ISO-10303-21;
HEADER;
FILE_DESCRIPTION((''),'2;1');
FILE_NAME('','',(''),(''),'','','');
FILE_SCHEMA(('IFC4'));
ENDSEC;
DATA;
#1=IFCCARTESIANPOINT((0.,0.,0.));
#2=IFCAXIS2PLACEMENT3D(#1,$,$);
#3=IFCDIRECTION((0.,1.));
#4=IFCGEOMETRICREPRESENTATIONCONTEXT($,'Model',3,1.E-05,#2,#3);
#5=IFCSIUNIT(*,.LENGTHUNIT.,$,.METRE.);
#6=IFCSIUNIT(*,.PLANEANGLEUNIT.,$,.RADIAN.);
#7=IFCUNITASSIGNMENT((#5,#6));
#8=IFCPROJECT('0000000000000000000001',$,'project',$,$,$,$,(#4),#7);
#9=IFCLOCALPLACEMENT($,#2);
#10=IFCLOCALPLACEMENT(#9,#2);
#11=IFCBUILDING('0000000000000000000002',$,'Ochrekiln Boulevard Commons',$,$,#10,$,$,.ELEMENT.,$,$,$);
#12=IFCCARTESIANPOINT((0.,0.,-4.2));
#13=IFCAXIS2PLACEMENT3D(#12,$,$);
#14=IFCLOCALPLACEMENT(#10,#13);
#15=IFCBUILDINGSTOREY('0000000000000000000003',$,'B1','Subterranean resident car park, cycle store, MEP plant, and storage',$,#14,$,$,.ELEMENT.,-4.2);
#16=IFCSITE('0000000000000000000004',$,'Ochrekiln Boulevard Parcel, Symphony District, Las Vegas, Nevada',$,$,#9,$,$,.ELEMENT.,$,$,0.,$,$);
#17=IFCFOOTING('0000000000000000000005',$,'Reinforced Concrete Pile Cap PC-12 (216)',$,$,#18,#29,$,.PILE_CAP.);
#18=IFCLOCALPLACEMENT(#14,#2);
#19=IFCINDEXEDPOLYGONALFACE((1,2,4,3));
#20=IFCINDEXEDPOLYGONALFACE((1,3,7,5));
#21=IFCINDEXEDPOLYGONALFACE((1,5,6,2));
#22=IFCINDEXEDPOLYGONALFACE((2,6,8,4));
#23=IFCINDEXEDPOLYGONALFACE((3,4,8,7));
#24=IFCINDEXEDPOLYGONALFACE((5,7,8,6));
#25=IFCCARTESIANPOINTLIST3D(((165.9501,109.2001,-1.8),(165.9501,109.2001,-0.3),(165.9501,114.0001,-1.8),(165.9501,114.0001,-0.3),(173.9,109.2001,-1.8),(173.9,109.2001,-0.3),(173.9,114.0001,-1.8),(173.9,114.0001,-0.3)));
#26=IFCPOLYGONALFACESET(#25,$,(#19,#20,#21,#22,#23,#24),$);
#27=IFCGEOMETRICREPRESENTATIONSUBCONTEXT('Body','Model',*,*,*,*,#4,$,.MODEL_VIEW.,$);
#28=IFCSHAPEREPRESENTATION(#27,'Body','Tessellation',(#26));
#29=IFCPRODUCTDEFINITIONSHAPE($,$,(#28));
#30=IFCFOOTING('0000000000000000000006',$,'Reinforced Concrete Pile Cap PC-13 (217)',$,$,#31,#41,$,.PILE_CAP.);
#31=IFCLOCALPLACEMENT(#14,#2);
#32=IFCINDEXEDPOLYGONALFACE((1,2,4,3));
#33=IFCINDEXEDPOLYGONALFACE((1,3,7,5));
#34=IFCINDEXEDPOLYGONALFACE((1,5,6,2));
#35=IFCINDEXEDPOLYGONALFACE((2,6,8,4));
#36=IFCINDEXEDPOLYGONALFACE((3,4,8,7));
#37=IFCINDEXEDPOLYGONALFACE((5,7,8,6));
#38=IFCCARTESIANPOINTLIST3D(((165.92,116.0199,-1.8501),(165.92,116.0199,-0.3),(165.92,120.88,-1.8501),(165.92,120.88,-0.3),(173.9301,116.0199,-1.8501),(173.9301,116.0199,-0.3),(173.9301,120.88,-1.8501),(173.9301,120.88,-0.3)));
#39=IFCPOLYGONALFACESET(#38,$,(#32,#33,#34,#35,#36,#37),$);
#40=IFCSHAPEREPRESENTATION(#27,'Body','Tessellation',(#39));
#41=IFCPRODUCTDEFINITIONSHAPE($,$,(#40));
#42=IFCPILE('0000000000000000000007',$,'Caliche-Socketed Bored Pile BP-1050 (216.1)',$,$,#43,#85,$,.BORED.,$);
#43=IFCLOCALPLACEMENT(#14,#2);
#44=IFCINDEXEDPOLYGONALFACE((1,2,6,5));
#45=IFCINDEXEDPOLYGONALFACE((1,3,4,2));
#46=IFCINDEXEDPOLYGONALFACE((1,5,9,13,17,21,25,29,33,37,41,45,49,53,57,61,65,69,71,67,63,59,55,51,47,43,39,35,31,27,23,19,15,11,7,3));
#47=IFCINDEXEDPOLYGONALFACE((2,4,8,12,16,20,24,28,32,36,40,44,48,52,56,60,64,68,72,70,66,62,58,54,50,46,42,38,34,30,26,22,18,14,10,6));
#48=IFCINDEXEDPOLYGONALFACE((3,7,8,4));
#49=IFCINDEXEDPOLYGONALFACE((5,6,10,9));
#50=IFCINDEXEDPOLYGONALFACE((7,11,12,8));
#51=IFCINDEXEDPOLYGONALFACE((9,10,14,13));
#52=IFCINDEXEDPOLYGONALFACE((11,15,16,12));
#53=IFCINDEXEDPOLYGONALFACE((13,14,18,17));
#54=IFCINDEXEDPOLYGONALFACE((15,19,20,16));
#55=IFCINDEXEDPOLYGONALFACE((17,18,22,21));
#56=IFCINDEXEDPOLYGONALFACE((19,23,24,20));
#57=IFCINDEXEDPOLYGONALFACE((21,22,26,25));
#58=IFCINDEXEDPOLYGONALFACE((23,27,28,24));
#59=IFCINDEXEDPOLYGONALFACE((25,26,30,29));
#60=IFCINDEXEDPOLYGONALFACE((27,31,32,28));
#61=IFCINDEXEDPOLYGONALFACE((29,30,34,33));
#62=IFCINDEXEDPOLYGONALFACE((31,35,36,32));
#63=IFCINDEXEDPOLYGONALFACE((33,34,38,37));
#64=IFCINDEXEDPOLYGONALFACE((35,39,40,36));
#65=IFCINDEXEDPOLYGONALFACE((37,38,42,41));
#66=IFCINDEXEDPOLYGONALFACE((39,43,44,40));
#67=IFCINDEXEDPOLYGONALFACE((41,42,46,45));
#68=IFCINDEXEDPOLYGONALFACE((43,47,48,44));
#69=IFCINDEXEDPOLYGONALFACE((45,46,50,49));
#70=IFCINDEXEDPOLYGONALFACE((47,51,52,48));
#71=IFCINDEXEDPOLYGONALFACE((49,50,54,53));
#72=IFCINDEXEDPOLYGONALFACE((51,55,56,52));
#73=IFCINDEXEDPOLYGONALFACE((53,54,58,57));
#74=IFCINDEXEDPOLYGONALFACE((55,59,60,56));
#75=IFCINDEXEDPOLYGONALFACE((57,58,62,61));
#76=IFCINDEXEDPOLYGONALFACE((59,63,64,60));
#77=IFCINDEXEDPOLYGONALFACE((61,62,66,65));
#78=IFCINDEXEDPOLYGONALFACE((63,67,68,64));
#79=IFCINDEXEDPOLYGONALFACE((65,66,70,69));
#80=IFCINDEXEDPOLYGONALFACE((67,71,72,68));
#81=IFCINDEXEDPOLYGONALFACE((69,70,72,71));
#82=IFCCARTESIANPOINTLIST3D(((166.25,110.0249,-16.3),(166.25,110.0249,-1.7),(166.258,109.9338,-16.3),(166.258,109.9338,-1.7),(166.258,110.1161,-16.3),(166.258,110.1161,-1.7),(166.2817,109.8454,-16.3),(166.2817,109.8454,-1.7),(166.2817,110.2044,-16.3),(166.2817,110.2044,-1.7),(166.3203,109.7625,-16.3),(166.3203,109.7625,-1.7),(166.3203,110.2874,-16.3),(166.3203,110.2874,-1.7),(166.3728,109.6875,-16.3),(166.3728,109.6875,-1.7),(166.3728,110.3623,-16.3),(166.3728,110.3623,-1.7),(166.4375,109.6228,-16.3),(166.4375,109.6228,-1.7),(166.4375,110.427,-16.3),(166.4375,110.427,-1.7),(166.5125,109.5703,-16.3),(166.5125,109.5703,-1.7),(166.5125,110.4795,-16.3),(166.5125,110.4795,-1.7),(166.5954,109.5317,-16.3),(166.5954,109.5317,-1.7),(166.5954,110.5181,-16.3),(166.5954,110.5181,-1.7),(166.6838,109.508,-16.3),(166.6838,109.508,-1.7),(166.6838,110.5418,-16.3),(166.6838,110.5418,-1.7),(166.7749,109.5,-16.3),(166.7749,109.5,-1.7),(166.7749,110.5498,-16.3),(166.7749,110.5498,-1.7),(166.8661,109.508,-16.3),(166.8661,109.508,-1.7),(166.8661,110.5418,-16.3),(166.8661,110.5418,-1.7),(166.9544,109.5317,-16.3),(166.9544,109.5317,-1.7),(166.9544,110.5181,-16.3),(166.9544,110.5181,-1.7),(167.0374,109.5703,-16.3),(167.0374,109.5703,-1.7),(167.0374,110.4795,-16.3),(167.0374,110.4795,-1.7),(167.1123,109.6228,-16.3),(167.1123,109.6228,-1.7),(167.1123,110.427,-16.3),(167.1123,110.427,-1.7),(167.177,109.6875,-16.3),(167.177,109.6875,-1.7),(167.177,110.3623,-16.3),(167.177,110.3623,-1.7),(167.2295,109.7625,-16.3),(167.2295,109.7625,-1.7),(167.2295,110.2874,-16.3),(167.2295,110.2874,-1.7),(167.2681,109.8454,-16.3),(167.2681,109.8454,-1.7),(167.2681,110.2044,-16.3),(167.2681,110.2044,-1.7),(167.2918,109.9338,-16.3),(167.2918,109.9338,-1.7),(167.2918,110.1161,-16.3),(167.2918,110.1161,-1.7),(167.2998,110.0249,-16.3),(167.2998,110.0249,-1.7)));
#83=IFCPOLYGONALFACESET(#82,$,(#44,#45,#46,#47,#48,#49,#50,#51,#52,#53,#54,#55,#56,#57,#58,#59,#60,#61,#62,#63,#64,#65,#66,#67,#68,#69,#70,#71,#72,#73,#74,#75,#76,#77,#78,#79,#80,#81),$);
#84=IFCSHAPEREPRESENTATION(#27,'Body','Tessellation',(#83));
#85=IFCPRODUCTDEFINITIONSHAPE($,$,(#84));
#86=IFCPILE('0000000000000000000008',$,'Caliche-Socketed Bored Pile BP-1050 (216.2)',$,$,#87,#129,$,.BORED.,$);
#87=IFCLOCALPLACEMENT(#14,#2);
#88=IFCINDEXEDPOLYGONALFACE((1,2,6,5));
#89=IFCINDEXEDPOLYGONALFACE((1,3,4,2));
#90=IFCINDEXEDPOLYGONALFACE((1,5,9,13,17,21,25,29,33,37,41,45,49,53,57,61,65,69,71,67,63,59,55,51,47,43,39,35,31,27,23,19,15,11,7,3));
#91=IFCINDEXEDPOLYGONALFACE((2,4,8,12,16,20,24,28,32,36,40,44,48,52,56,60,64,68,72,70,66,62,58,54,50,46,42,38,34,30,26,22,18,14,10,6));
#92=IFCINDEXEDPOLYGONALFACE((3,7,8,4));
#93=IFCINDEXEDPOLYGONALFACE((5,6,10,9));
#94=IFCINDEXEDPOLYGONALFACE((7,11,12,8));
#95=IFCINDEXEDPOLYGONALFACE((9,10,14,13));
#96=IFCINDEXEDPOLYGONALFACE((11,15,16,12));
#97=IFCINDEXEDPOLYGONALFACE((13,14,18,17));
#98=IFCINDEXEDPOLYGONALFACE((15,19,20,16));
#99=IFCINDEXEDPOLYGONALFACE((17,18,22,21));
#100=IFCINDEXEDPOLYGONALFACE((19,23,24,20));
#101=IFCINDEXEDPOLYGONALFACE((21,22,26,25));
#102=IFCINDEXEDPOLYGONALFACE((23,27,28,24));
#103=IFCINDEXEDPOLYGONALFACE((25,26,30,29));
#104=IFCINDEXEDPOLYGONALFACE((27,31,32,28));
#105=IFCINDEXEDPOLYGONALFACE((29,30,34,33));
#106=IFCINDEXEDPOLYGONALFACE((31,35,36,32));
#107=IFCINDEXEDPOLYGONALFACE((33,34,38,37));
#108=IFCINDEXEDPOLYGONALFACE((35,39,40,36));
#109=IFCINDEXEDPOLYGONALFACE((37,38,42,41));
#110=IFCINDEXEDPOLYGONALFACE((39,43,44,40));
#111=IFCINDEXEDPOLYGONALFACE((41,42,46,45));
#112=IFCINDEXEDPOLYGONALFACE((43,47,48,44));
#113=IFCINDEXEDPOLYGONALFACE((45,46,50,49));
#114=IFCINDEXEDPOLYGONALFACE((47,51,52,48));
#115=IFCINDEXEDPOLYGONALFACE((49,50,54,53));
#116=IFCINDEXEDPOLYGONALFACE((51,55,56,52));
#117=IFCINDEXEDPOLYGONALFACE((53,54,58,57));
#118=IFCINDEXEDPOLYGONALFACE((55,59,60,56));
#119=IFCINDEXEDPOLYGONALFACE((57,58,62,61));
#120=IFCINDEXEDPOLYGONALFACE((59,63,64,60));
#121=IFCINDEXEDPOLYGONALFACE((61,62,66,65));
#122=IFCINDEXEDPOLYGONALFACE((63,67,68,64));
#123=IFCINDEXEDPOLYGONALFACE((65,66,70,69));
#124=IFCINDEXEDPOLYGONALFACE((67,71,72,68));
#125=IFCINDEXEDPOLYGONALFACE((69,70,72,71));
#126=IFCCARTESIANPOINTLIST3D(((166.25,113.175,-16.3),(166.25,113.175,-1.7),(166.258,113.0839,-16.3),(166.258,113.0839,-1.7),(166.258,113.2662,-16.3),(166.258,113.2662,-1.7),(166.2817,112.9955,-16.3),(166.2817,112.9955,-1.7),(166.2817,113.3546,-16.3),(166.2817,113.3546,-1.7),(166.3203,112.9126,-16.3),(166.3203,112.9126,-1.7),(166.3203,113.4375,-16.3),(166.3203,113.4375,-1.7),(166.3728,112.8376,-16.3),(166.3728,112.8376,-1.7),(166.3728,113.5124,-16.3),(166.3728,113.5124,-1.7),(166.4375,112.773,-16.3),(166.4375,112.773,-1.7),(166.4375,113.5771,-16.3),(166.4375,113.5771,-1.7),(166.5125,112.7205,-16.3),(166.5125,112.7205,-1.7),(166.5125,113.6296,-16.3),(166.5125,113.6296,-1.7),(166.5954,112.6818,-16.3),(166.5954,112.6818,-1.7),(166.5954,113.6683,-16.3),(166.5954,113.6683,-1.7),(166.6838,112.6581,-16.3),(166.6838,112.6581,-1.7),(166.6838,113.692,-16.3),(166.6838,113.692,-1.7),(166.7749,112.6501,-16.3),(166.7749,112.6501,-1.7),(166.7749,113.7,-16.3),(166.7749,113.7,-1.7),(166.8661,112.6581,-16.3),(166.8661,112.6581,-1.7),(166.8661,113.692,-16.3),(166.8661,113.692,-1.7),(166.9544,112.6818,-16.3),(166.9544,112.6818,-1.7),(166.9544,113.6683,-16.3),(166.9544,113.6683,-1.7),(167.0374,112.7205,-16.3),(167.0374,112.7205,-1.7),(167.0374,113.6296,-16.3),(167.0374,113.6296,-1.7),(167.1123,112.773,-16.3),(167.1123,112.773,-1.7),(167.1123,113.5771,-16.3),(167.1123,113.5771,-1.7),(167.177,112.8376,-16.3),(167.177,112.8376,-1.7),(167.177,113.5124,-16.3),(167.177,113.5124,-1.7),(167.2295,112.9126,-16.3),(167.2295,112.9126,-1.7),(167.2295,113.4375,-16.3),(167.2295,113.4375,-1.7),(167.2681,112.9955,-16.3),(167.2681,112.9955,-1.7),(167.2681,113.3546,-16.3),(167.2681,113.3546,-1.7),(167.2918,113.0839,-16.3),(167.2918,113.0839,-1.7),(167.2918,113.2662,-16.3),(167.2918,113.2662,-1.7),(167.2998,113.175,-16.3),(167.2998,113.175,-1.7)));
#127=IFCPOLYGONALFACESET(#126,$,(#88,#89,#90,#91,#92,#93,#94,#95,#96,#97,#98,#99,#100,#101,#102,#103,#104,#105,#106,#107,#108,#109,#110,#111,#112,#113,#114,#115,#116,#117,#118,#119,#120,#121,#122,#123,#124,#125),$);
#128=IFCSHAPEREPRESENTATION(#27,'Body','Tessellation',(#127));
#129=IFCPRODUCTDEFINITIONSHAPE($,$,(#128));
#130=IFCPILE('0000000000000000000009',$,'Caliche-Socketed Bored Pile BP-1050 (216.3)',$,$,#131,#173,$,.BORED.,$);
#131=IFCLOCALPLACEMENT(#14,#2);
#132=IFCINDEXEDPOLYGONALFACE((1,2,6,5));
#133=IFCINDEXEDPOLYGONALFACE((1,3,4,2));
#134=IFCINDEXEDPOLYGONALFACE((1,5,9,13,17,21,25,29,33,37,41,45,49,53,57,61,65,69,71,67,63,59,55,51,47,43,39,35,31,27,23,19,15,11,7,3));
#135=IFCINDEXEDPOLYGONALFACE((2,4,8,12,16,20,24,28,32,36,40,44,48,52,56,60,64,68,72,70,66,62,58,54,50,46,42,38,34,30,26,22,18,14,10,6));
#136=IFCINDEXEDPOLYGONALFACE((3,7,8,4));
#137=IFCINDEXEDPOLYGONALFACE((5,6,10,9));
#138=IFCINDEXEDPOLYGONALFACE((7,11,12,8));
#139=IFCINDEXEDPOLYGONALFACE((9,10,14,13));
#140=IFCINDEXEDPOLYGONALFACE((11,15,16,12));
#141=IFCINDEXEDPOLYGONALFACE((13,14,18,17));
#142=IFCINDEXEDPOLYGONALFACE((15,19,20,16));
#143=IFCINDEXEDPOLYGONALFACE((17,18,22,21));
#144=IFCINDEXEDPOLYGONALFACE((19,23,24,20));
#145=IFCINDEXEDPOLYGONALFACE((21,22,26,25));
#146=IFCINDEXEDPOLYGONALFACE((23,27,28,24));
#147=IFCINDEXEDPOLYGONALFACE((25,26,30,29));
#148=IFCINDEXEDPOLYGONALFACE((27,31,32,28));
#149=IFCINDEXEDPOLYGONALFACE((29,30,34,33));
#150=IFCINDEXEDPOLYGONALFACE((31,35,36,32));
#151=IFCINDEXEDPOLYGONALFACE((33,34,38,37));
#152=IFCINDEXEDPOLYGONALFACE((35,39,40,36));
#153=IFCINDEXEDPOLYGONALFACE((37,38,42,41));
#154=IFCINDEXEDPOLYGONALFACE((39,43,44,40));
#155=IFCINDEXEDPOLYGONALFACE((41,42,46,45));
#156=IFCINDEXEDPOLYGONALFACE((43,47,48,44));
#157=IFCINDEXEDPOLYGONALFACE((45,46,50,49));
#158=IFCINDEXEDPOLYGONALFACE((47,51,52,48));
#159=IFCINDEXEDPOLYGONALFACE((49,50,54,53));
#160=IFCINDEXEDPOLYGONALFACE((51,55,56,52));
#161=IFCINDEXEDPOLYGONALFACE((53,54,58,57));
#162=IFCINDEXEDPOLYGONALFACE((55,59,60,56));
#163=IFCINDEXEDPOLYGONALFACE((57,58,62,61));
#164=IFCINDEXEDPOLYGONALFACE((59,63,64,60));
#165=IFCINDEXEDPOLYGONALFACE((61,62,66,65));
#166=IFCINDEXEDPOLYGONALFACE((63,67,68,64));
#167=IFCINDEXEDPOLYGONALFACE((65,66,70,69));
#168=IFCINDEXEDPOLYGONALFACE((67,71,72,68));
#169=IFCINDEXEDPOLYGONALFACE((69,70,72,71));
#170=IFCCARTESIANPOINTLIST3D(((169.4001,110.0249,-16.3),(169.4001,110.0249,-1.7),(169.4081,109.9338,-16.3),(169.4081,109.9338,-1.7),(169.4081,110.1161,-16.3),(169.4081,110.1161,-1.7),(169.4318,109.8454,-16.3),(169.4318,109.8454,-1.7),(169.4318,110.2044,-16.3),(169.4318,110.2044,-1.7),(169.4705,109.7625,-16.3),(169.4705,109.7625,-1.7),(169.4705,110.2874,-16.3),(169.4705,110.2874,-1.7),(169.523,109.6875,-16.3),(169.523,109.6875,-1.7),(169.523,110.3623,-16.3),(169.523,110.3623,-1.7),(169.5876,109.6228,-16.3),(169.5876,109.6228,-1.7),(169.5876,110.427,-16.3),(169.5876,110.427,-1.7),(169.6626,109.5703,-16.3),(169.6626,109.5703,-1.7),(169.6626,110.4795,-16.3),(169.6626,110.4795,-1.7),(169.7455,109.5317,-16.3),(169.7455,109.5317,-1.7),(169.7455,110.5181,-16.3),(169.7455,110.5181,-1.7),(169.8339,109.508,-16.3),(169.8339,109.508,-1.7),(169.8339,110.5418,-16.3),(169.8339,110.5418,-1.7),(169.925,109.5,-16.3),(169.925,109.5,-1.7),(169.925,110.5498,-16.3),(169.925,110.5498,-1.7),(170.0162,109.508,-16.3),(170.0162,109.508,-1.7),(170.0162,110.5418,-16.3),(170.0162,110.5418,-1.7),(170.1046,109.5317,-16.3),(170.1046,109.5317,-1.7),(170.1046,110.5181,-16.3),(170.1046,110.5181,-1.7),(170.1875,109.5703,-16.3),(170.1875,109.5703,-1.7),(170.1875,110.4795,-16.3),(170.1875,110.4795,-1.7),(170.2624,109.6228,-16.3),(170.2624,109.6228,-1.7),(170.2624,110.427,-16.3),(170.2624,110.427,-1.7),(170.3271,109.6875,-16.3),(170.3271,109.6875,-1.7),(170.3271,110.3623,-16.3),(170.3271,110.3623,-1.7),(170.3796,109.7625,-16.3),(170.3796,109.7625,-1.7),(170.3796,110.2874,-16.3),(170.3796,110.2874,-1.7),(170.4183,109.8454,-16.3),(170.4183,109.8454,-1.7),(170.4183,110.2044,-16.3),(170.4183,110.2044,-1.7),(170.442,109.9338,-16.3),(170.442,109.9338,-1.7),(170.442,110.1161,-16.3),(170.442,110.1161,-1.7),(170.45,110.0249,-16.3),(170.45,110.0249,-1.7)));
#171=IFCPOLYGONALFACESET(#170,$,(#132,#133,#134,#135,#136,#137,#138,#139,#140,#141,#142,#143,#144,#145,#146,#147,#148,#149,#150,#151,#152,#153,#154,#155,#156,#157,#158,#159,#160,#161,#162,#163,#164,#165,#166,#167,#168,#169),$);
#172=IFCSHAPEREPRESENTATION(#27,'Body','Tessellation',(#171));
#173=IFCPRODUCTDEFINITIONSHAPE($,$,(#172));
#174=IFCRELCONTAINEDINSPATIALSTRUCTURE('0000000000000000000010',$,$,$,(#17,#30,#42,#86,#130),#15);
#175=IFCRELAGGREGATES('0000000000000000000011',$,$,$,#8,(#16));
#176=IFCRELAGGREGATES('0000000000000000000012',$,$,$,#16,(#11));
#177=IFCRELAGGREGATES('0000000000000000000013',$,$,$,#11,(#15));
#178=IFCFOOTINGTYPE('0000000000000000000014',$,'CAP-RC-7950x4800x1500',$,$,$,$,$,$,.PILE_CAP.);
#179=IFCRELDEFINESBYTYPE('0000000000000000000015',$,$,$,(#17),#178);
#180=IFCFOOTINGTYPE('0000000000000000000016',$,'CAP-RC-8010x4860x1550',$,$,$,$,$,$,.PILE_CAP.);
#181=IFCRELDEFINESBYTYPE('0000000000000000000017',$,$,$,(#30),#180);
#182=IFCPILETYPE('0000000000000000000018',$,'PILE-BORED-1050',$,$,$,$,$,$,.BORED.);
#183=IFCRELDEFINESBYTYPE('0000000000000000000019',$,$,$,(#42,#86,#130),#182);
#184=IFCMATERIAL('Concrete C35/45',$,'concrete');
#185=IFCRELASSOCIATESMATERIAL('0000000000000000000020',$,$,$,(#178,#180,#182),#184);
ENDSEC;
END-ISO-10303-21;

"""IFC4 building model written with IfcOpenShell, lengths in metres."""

from ifc_helpers import new_model, si_unit, direction, frame, origin, origin_2d, place, context, subcontext, project, spatial, rectangle, circle, extrude, material, material_profile, profile_set, type_object, element, save


model = new_model("IFC4")

# Units and contexts
model_context = context("Model", 3, precision=1e-05, world=origin(), true_north=direction((0.0, 1.0)))
body_context = subcontext(model_context, "Body", "Model", "MODEL_VIEW")
ifc_project = project(units=[si_unit("LENGTHUNIT", "METRE"), si_unit("PLANEANGLEUNIT", "RADIAN")], contexts=[model_context])

# Site, building, storey
site_placement = place(None, origin())
site = spatial("IfcSite", under=ifc_project, at=site_placement, Name="Ochrekiln Boulevard Parcel, Symphony District, Las Vegas, Nevada", CompositionType="ELEMENT", RefElevation=0.0)
building_placement = place(site_placement, origin())
building = spatial("IfcBuilding", under=site, at=building_placement, Name="Ochrekiln Boulevard Commons", CompositionType="ELEMENT")
storey_placement = place(building_placement, frame((0.0, 0.0, -4.2)))
storey = spatial("IfcBuildingStorey", under=building, at=storey_placement, Name="B1", Description="Subterranean resident car park, cycle store, MEP plant, and storage", CompositionType="ELEMENT", Elevation=-4.2)

# Footings
ifc_material_1 = material(Name="Concrete C35/45", Category="concrete")
footing_type_1 = type_object("IfcFootingType", Name="CAP-RC-7950x4800x1500", PredefinedType="PILE_CAP", material=ifc_material_1)
footing_1_placement = place(storey_placement, frame((169.925, 111.6001, -1.8), z_axis=(0.0, 0.0, 1.0), x_axis=(1.0, 0.0, 0.0)))
element("IfcFooting", 1, at=footing_1_placement, inside=storey, type_object=footing_type_1, Name="Reinforced Concrete Pile Cap PC-12 (216)", PredefinedType="PILE_CAP", context=body_context, shape_type="SweptSolid", body=[
    extrude(rectangle(XDim=7.95, YDim=4.8, at=origin_2d()), origin(), (0.0, 0.0, 1.0), 1.5),
])
footing_type_2 = type_object("IfcFootingType", Name="CAP-RC-8010x4860x1550", PredefinedType="PILE_CAP", material=ifc_material_1)
footing_2_placement = place(storey_placement, frame((169.925, 118.45, -1.8501), z_axis=(0.0, 0.0, 1.0), x_axis=(1.0, 0.0, 0.0)))
element("IfcFooting", 2, at=footing_2_placement, inside=storey, type_object=footing_type_2, Name="Reinforced Concrete Pile Cap PC-13 (217)", PredefinedType="PILE_CAP", context=body_context, shape_type="SweptSolid", body=[
    extrude(rectangle(XDim=8.01, YDim=4.8601, at=origin_2d()), origin(), (0.0, 0.0, 1.0), 1.55),
])

# Piles
ifc_material_profile_1 = material_profile(ifc_material_1, circle(Radius=0.5249, at=origin_2d()), Name="PILE-D1050")
ifc_profile_set_1 = profile_set([ifc_material_profile_1], Name="Concrete C35/45")
pile_type = type_object("IfcPileType", Name="PILE-BORED-1050", PredefinedType="BORED", material=ifc_profile_set_1)
for number, where, z_axis, x_axis, name in (
    (3, (166.7749, 110.0249, -1.7), (0.0, 0.0, -1.0), (1.0, 0.0, 0.0), "Caliche-Socketed Bored Pile BP-1050 (216.1)"),
    (4, (166.7749, 113.175, -1.7), (0.0, 0.0, -1.0), (1.0, 0.0, 0.0), "Caliche-Socketed Bored Pile BP-1050 (216.2)"),
    (5, (169.925, 110.0249, -1.7), (0.0, 0.0, -1.0), (1.0, 0.0, 0.0), "Caliche-Socketed Bored Pile BP-1050 (216.3)"),
):
    element("IfcPile", number, at=place(storey_placement, frame(where, z_axis=z_axis, x_axis=x_axis)), inside=storey, type_object=pile_type, Name=name, PredefinedType="BORED", context=body_context, shape_type="SweptSolid", body=[
        extrude(circle(Radius=0.5249, at=origin_2d()), origin(), (0.0, 0.0, 1.0), 14.6001),
    ])

save(model, "model.ifc")
